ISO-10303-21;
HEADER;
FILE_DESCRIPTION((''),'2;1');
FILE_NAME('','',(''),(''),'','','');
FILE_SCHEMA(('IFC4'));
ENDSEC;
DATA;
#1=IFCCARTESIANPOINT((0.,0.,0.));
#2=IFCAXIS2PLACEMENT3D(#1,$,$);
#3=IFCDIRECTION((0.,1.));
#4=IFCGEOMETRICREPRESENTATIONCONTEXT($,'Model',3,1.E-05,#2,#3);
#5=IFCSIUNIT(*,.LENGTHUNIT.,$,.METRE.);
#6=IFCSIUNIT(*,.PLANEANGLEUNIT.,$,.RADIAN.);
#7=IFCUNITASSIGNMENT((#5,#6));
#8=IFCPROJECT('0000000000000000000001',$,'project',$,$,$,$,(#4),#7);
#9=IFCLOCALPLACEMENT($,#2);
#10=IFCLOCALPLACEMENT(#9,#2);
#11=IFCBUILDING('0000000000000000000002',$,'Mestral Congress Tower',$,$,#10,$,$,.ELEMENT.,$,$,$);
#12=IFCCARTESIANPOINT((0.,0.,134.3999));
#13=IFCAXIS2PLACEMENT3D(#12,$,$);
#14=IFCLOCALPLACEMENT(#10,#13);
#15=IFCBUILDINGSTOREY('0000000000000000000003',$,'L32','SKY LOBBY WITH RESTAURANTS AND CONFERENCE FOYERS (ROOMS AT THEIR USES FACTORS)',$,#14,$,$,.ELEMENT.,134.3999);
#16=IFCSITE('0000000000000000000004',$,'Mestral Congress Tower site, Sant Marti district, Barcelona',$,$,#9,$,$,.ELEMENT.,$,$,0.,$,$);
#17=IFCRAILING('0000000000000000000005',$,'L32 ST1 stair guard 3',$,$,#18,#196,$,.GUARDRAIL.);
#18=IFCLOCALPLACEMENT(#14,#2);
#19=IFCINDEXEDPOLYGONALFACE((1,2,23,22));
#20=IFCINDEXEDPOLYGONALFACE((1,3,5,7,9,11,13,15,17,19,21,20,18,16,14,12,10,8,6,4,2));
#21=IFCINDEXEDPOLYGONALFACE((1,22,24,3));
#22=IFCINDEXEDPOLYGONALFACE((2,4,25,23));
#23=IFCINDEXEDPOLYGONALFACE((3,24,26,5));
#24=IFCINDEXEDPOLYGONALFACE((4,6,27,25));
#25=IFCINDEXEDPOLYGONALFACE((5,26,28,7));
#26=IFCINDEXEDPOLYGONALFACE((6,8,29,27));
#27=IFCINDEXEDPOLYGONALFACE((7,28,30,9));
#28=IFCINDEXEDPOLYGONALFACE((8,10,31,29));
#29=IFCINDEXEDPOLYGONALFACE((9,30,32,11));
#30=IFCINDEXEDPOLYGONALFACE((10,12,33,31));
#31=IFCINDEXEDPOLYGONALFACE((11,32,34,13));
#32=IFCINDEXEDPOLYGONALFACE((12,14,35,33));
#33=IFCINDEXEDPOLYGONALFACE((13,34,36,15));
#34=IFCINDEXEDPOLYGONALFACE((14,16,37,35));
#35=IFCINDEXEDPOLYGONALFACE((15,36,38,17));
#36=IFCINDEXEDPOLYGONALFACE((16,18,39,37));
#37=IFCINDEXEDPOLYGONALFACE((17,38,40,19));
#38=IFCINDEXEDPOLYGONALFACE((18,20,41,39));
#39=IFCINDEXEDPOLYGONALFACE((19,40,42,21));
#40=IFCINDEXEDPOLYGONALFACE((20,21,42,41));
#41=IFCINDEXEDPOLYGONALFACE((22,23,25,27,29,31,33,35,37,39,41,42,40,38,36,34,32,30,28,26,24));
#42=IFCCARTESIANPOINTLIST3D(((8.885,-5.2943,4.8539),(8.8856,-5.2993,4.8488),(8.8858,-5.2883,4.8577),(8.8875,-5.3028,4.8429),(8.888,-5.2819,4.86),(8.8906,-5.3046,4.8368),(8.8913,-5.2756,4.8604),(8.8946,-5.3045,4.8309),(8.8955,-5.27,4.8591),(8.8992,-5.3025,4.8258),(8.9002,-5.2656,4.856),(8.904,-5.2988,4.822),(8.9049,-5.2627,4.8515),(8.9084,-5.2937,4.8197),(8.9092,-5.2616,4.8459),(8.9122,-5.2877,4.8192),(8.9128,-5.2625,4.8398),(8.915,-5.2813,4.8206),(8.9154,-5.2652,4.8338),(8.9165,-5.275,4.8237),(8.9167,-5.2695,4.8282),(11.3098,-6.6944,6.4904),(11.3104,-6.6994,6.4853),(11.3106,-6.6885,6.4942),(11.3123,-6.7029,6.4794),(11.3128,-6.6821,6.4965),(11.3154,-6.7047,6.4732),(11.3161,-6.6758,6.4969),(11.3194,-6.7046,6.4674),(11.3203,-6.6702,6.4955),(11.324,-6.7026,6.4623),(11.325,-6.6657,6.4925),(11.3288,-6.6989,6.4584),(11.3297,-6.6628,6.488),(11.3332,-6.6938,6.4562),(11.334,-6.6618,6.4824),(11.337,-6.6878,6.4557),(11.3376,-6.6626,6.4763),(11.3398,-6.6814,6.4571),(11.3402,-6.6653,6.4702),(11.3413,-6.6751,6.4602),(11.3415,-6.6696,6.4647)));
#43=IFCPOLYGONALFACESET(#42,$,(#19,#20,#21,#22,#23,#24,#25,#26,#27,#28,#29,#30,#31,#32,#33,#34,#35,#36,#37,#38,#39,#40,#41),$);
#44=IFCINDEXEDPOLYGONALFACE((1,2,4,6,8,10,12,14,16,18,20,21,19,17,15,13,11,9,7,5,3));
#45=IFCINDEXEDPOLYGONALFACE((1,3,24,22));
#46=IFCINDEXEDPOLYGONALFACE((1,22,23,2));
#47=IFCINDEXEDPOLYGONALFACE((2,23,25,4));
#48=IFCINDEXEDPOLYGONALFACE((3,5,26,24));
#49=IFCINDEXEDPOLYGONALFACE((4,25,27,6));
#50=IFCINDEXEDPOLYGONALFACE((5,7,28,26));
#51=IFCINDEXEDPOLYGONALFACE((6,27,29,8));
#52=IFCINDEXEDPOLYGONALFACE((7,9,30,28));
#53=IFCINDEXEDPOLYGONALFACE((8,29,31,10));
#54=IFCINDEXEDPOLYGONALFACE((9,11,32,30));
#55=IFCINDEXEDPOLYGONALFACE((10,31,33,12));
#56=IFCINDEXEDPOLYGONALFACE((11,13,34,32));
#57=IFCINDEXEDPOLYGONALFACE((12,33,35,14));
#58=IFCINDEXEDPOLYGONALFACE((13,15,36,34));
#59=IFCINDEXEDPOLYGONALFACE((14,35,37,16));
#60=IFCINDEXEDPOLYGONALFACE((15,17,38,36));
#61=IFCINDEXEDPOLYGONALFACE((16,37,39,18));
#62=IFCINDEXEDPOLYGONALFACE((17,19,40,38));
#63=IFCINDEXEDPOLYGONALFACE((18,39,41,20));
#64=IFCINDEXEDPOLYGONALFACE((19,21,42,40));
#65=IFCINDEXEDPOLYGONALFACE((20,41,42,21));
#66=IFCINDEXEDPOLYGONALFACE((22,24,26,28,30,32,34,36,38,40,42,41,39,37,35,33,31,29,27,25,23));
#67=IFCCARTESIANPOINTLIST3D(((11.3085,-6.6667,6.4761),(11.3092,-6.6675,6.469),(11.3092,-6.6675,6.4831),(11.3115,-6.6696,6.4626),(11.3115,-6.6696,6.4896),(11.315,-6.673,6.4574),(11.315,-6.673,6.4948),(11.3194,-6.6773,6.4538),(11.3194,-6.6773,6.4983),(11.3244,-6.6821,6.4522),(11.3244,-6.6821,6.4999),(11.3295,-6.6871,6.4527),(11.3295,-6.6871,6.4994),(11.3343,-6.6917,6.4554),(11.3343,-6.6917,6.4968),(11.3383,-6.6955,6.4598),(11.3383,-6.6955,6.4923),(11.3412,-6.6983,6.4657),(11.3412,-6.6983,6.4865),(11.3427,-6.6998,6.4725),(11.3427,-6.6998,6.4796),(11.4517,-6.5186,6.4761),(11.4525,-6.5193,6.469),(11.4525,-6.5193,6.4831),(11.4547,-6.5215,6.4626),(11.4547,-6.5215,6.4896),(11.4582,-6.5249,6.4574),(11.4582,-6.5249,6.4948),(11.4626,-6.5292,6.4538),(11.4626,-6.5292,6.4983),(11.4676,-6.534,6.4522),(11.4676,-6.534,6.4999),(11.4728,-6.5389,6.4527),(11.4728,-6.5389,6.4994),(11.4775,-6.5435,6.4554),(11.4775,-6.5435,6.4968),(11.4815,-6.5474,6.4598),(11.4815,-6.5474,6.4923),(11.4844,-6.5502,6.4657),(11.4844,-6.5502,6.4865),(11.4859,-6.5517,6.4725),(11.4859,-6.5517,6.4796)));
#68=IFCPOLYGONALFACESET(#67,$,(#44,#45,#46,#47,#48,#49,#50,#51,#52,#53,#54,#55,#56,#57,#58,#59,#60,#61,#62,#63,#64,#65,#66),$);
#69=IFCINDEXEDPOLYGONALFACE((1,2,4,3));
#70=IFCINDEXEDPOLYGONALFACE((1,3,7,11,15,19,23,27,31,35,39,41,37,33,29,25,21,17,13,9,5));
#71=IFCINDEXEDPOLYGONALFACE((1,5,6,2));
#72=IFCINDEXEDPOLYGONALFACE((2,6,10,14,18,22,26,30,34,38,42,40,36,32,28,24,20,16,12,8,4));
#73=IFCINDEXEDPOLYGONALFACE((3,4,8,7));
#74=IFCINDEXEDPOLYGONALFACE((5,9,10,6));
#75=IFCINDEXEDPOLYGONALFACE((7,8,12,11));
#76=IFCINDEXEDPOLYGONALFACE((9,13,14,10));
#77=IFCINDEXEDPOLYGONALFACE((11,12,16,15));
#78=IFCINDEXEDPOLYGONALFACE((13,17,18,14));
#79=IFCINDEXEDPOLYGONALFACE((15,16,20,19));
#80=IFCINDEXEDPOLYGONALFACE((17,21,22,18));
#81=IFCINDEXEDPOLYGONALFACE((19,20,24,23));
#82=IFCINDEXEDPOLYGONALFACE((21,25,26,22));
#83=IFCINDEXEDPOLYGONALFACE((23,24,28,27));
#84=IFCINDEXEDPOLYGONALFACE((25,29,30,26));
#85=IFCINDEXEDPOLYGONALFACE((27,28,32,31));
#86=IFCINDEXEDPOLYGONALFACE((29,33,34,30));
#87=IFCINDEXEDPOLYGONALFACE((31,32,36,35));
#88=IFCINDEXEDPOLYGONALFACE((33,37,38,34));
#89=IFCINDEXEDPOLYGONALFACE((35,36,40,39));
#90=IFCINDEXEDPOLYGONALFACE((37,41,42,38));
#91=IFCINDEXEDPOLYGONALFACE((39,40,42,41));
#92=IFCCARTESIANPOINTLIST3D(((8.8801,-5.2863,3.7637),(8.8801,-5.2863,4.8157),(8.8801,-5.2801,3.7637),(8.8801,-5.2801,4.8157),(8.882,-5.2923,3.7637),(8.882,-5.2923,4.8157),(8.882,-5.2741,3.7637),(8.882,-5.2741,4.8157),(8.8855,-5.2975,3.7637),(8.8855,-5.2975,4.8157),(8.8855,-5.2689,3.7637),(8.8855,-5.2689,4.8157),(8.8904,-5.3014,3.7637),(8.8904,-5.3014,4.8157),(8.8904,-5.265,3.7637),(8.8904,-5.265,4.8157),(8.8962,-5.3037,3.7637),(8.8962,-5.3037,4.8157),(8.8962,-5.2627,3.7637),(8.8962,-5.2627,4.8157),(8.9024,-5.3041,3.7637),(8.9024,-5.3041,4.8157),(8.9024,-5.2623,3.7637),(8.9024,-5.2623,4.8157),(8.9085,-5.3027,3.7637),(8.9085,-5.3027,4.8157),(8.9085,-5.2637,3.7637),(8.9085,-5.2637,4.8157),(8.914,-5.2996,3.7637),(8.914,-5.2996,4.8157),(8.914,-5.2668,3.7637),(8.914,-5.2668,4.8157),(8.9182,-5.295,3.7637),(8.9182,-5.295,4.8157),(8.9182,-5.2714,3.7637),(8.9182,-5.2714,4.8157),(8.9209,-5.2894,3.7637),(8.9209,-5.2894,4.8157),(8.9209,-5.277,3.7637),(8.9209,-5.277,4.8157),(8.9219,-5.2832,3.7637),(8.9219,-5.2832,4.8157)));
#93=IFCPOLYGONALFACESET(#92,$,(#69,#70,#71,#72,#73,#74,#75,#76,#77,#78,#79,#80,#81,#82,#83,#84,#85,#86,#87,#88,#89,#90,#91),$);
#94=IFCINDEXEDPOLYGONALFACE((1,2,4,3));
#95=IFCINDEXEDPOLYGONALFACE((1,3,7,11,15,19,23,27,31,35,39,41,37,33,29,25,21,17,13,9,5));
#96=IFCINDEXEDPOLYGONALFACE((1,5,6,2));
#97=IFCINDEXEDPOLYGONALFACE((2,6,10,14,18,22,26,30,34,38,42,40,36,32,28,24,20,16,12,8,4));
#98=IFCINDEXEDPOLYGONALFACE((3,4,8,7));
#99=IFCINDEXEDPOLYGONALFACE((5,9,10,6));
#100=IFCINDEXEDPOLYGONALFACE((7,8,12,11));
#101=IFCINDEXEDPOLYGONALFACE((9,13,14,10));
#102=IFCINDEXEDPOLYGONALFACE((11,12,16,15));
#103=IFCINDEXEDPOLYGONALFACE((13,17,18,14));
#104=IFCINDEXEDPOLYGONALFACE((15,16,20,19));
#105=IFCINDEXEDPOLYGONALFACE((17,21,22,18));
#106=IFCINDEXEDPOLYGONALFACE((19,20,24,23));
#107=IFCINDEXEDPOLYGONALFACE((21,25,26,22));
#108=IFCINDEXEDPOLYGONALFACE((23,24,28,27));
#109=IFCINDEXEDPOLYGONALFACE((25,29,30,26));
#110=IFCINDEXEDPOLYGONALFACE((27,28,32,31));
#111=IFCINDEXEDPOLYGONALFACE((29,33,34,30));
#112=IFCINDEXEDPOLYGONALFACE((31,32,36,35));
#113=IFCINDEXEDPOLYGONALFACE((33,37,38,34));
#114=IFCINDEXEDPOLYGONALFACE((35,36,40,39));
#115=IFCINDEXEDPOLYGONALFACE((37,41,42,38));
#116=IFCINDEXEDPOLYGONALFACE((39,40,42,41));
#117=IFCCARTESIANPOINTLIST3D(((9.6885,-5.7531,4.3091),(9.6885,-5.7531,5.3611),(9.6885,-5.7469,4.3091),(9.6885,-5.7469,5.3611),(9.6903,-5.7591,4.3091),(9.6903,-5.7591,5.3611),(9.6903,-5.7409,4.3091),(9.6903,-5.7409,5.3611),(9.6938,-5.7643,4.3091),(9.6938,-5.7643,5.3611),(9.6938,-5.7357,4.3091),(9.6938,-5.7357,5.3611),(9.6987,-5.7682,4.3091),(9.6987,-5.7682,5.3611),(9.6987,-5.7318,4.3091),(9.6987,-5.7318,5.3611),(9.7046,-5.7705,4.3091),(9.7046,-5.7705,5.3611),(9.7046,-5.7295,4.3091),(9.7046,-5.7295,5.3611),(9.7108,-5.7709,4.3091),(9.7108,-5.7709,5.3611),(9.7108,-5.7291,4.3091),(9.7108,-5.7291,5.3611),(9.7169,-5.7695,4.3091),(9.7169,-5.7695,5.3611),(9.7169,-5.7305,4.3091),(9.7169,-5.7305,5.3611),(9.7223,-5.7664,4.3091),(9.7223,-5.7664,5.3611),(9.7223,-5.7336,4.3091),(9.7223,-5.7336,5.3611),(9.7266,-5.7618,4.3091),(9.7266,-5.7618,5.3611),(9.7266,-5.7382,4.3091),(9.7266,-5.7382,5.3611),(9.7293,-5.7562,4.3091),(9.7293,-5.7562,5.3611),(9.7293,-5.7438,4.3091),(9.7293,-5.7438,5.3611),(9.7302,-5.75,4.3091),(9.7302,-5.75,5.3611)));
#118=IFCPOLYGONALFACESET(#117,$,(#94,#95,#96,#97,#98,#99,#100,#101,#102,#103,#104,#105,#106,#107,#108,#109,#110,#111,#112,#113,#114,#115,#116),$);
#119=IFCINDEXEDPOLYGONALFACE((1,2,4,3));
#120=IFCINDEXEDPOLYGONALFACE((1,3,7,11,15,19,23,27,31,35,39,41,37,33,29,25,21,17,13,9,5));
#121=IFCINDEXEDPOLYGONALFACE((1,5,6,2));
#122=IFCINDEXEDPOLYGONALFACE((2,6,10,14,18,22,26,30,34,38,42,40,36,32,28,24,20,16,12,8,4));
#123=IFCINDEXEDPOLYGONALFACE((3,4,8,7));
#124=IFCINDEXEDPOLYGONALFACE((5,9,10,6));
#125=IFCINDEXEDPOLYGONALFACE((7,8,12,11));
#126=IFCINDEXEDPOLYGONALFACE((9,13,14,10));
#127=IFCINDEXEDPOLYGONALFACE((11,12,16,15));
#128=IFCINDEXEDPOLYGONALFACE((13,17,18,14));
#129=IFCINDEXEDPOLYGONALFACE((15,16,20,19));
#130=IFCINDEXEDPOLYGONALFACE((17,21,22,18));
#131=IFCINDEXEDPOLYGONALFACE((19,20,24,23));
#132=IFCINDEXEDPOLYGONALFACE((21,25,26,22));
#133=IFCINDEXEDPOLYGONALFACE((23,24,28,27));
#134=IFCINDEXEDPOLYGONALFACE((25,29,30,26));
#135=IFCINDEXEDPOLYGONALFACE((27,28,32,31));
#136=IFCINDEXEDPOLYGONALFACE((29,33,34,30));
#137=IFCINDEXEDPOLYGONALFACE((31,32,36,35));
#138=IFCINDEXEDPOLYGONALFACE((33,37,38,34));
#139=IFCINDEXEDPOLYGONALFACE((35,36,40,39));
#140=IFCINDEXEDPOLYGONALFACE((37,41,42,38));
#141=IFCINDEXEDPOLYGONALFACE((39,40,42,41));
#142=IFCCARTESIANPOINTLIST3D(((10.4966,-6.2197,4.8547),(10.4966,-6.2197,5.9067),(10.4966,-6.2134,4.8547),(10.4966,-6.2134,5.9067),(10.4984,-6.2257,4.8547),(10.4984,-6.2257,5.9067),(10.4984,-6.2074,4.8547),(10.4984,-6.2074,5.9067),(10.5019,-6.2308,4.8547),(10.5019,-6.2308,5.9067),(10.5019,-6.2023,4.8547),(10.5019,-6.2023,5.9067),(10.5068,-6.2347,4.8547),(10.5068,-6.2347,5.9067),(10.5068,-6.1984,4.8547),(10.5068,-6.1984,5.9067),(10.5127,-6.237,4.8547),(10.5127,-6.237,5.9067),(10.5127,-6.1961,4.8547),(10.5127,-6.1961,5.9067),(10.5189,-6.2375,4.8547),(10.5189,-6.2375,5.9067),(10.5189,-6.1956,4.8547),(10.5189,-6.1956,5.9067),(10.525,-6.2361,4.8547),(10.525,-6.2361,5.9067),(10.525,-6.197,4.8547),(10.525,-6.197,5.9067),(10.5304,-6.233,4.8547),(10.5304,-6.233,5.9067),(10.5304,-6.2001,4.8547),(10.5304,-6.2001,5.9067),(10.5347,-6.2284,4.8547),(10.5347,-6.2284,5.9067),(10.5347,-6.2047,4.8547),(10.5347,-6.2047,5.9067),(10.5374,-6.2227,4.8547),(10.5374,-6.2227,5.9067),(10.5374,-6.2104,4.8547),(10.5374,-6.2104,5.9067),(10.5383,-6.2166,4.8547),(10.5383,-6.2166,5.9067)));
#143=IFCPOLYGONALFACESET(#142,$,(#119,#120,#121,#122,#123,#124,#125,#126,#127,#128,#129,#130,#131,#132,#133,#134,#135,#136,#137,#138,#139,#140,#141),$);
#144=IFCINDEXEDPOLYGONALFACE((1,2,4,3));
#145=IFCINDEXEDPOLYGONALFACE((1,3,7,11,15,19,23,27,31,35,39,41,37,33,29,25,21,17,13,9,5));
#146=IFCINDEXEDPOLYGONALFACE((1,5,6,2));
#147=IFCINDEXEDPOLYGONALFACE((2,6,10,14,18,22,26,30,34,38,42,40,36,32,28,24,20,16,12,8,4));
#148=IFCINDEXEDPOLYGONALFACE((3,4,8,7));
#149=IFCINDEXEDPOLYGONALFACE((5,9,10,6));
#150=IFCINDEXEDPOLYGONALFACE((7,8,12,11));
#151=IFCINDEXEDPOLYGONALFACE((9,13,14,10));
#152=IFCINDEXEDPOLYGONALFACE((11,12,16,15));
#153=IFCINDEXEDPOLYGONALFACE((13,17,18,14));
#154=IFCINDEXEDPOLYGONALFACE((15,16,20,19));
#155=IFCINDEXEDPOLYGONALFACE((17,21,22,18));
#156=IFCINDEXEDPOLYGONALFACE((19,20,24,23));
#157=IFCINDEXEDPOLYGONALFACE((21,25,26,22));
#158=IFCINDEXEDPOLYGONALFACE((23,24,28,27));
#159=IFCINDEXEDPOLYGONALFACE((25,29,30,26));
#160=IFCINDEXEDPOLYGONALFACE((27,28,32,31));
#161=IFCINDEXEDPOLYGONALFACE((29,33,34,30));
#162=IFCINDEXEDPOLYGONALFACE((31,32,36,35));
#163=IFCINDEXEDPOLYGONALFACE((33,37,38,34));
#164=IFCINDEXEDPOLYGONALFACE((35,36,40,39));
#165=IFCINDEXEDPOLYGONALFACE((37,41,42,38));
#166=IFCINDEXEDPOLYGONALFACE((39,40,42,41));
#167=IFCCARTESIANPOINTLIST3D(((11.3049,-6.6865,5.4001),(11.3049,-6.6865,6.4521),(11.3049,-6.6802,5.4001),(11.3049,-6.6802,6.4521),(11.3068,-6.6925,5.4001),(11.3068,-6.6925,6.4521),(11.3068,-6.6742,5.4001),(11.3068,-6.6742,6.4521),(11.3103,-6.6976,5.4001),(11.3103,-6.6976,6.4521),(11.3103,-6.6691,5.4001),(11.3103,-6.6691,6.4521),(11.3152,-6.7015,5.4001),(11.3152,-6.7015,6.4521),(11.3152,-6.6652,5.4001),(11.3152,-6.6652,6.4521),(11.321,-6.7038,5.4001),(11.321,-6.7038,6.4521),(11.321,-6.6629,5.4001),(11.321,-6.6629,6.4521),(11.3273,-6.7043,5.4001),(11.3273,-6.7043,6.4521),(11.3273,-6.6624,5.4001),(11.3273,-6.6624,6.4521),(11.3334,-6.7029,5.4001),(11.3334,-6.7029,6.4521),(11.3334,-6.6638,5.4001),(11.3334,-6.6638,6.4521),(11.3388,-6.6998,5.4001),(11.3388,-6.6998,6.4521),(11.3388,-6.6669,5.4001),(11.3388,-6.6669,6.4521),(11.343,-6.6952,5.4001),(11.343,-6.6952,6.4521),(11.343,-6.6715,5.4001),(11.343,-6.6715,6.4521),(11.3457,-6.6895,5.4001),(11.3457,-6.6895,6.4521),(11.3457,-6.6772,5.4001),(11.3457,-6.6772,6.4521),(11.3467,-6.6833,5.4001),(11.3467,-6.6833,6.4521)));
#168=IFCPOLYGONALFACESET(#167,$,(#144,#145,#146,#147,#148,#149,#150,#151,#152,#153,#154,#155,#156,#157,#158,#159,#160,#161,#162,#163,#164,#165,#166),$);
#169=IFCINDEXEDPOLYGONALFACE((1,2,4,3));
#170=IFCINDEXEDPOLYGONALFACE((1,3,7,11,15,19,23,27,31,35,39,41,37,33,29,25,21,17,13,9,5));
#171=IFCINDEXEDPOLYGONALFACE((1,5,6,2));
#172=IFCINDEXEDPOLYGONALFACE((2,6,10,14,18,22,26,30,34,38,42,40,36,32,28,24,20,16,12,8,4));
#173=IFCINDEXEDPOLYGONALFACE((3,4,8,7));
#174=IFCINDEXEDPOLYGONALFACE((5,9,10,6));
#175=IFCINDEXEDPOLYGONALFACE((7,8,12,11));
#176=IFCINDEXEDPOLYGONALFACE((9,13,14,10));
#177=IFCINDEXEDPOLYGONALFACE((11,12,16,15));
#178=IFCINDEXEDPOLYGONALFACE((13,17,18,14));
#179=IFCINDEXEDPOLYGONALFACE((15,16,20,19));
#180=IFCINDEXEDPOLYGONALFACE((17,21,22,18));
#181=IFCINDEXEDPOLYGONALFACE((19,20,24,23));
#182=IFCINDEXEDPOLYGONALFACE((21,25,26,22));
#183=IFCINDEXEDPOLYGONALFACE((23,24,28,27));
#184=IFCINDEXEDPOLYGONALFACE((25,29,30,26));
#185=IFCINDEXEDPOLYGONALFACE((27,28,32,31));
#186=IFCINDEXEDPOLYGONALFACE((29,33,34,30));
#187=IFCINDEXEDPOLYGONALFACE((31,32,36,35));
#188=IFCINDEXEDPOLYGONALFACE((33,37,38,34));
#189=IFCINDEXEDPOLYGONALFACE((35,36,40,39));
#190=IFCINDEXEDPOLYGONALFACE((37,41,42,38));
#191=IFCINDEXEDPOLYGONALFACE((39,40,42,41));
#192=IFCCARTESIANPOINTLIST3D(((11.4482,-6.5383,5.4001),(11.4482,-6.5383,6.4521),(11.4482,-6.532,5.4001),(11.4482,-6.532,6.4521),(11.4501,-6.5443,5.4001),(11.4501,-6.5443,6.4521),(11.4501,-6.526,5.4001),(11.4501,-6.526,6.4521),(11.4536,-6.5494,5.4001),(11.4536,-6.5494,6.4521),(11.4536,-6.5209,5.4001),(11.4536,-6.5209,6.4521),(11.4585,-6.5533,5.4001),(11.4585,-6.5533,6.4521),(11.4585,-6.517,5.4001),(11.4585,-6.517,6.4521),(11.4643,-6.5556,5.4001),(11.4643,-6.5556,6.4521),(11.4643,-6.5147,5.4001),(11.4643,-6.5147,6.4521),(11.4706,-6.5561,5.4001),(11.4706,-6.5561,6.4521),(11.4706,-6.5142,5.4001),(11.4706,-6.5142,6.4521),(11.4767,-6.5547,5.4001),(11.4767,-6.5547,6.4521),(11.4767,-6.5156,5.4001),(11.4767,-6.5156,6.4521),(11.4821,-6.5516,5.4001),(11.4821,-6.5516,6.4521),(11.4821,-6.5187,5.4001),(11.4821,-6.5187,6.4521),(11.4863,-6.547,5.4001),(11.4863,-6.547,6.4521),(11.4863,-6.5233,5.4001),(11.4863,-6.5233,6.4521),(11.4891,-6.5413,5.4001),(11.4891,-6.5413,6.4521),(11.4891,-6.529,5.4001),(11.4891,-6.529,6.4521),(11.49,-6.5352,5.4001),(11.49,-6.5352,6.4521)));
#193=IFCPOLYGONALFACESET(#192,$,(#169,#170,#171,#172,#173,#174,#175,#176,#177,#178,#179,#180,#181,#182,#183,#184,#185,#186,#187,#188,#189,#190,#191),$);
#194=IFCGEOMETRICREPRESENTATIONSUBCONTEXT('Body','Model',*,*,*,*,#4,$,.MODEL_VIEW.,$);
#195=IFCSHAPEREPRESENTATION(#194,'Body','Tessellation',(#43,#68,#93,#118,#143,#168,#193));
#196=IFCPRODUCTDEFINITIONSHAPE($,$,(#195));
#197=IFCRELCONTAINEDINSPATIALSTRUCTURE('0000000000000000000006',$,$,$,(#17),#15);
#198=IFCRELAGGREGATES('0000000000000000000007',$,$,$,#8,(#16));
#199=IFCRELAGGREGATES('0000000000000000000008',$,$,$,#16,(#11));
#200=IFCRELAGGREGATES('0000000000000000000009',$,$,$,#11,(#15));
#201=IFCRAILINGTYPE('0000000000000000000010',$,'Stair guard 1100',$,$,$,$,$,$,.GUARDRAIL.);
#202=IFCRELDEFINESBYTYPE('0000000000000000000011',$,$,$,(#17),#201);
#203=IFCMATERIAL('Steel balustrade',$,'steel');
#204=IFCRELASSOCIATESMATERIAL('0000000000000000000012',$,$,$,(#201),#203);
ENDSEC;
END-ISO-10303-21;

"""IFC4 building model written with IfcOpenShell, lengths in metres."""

from ifc_helpers import new_model, si_unit, direction, frame, origin, origin_2d, place, context, subcontext, project, spatial, circle, extrude, material, type_object, element, save


model = new_model("IFC4")

# Units and contexts
model_context = context("Model", 3, precision=1e-05, world=origin(), true_north=direction((0.0, 1.0)))
body_context = subcontext(model_context, "Body", "Model", "MODEL_VIEW")
ifc_project = project(units=[si_unit("LENGTHUNIT", "METRE"), si_unit("PLANEANGLEUNIT", "RADIAN")], contexts=[model_context])

# Site, building, storey
site_placement = place(None, origin())
site = spatial("IfcSite", under=ifc_project, at=site_placement, Name="Mestral Congress Tower site, Sant Marti district, Barcelona", CompositionType="ELEMENT", RefElevation=0.0)
building_placement = place(site_placement, origin())
building = spatial("IfcBuilding", under=site, at=building_placement, Name="Mestral Congress Tower", CompositionType="ELEMENT")
storey_placement = place(building_placement, frame((0.0, 0.0, 134.3999)))
storey = spatial("IfcBuildingStorey", under=building, at=storey_placement, Name="L32", Description="SKY LOBBY WITH RESTAURANTS AND CONFERENCE FOYERS (ROOMS AT THEIR USES FACTORS)", CompositionType="ELEMENT", Elevation=134.3999)

# Railing
ifc_material_1 = material(Name="Steel balustrade", Category="steel")
railing_type_1 = type_object("IfcRailingType", Name="Stair guard 1100", PredefinedType="GUARDRAIL", material=ifc_material_1)
railing_1_placement = place(storey_placement, frame((8.9009, -5.2832, 3.7637)))
element("IfcRailing", 1, at=railing_1_placement, inside=storey, type_object=railing_type_1, Name="L32 ST1 stair guard 3", PredefinedType="GUARDRAIL", context=body_context, shape_type="SweptSolid", body=[
    extrude(circle(Radius=0.0239, at=origin_2d()), frame((0.0, 0.0, 1.0762), z_axis=(0.747666, -0.431722, 0.504591), x_axis=(0.50005, 0.865997, 0.0)), (0.0, 0.0, 1.0), 3.2432),
    extrude(circle(Radius=0.0239, at=origin_2d()), frame((2.4248, -1.4001, 2.7124), z_axis=(0.695165, 0.71885, 0.0), x_axis=(-0.71885, 0.695165, 0.0)), (0.0, 0.0, 1.0), 0.2061),
    extrude(circle(Radius=0.021, at=origin_2d()), origin(), (0.0, 0.0, 1.0), 1.052),
    extrude(circle(Radius=0.021, at=origin_2d()), frame((0.8083, -0.4668, 0.5454)), (0.0, 0.0, 1.0), 1.052),
    extrude(circle(Radius=0.021, at=origin_2d()), frame((1.6165, -0.9333, 1.0911)), (0.0, 0.0, 1.0), 1.052),
    extrude(circle(Radius=0.021, at=origin_2d()), frame((2.4248, -1.4001, 1.6365)), (0.0, 0.0, 1.0), 1.052),
    extrude(circle(Radius=0.021, at=origin_2d()), frame((2.5681, -1.252, 1.6365)), (0.0, 0.0, 1.0), 1.052),
])

save(model, "model.ifc")
